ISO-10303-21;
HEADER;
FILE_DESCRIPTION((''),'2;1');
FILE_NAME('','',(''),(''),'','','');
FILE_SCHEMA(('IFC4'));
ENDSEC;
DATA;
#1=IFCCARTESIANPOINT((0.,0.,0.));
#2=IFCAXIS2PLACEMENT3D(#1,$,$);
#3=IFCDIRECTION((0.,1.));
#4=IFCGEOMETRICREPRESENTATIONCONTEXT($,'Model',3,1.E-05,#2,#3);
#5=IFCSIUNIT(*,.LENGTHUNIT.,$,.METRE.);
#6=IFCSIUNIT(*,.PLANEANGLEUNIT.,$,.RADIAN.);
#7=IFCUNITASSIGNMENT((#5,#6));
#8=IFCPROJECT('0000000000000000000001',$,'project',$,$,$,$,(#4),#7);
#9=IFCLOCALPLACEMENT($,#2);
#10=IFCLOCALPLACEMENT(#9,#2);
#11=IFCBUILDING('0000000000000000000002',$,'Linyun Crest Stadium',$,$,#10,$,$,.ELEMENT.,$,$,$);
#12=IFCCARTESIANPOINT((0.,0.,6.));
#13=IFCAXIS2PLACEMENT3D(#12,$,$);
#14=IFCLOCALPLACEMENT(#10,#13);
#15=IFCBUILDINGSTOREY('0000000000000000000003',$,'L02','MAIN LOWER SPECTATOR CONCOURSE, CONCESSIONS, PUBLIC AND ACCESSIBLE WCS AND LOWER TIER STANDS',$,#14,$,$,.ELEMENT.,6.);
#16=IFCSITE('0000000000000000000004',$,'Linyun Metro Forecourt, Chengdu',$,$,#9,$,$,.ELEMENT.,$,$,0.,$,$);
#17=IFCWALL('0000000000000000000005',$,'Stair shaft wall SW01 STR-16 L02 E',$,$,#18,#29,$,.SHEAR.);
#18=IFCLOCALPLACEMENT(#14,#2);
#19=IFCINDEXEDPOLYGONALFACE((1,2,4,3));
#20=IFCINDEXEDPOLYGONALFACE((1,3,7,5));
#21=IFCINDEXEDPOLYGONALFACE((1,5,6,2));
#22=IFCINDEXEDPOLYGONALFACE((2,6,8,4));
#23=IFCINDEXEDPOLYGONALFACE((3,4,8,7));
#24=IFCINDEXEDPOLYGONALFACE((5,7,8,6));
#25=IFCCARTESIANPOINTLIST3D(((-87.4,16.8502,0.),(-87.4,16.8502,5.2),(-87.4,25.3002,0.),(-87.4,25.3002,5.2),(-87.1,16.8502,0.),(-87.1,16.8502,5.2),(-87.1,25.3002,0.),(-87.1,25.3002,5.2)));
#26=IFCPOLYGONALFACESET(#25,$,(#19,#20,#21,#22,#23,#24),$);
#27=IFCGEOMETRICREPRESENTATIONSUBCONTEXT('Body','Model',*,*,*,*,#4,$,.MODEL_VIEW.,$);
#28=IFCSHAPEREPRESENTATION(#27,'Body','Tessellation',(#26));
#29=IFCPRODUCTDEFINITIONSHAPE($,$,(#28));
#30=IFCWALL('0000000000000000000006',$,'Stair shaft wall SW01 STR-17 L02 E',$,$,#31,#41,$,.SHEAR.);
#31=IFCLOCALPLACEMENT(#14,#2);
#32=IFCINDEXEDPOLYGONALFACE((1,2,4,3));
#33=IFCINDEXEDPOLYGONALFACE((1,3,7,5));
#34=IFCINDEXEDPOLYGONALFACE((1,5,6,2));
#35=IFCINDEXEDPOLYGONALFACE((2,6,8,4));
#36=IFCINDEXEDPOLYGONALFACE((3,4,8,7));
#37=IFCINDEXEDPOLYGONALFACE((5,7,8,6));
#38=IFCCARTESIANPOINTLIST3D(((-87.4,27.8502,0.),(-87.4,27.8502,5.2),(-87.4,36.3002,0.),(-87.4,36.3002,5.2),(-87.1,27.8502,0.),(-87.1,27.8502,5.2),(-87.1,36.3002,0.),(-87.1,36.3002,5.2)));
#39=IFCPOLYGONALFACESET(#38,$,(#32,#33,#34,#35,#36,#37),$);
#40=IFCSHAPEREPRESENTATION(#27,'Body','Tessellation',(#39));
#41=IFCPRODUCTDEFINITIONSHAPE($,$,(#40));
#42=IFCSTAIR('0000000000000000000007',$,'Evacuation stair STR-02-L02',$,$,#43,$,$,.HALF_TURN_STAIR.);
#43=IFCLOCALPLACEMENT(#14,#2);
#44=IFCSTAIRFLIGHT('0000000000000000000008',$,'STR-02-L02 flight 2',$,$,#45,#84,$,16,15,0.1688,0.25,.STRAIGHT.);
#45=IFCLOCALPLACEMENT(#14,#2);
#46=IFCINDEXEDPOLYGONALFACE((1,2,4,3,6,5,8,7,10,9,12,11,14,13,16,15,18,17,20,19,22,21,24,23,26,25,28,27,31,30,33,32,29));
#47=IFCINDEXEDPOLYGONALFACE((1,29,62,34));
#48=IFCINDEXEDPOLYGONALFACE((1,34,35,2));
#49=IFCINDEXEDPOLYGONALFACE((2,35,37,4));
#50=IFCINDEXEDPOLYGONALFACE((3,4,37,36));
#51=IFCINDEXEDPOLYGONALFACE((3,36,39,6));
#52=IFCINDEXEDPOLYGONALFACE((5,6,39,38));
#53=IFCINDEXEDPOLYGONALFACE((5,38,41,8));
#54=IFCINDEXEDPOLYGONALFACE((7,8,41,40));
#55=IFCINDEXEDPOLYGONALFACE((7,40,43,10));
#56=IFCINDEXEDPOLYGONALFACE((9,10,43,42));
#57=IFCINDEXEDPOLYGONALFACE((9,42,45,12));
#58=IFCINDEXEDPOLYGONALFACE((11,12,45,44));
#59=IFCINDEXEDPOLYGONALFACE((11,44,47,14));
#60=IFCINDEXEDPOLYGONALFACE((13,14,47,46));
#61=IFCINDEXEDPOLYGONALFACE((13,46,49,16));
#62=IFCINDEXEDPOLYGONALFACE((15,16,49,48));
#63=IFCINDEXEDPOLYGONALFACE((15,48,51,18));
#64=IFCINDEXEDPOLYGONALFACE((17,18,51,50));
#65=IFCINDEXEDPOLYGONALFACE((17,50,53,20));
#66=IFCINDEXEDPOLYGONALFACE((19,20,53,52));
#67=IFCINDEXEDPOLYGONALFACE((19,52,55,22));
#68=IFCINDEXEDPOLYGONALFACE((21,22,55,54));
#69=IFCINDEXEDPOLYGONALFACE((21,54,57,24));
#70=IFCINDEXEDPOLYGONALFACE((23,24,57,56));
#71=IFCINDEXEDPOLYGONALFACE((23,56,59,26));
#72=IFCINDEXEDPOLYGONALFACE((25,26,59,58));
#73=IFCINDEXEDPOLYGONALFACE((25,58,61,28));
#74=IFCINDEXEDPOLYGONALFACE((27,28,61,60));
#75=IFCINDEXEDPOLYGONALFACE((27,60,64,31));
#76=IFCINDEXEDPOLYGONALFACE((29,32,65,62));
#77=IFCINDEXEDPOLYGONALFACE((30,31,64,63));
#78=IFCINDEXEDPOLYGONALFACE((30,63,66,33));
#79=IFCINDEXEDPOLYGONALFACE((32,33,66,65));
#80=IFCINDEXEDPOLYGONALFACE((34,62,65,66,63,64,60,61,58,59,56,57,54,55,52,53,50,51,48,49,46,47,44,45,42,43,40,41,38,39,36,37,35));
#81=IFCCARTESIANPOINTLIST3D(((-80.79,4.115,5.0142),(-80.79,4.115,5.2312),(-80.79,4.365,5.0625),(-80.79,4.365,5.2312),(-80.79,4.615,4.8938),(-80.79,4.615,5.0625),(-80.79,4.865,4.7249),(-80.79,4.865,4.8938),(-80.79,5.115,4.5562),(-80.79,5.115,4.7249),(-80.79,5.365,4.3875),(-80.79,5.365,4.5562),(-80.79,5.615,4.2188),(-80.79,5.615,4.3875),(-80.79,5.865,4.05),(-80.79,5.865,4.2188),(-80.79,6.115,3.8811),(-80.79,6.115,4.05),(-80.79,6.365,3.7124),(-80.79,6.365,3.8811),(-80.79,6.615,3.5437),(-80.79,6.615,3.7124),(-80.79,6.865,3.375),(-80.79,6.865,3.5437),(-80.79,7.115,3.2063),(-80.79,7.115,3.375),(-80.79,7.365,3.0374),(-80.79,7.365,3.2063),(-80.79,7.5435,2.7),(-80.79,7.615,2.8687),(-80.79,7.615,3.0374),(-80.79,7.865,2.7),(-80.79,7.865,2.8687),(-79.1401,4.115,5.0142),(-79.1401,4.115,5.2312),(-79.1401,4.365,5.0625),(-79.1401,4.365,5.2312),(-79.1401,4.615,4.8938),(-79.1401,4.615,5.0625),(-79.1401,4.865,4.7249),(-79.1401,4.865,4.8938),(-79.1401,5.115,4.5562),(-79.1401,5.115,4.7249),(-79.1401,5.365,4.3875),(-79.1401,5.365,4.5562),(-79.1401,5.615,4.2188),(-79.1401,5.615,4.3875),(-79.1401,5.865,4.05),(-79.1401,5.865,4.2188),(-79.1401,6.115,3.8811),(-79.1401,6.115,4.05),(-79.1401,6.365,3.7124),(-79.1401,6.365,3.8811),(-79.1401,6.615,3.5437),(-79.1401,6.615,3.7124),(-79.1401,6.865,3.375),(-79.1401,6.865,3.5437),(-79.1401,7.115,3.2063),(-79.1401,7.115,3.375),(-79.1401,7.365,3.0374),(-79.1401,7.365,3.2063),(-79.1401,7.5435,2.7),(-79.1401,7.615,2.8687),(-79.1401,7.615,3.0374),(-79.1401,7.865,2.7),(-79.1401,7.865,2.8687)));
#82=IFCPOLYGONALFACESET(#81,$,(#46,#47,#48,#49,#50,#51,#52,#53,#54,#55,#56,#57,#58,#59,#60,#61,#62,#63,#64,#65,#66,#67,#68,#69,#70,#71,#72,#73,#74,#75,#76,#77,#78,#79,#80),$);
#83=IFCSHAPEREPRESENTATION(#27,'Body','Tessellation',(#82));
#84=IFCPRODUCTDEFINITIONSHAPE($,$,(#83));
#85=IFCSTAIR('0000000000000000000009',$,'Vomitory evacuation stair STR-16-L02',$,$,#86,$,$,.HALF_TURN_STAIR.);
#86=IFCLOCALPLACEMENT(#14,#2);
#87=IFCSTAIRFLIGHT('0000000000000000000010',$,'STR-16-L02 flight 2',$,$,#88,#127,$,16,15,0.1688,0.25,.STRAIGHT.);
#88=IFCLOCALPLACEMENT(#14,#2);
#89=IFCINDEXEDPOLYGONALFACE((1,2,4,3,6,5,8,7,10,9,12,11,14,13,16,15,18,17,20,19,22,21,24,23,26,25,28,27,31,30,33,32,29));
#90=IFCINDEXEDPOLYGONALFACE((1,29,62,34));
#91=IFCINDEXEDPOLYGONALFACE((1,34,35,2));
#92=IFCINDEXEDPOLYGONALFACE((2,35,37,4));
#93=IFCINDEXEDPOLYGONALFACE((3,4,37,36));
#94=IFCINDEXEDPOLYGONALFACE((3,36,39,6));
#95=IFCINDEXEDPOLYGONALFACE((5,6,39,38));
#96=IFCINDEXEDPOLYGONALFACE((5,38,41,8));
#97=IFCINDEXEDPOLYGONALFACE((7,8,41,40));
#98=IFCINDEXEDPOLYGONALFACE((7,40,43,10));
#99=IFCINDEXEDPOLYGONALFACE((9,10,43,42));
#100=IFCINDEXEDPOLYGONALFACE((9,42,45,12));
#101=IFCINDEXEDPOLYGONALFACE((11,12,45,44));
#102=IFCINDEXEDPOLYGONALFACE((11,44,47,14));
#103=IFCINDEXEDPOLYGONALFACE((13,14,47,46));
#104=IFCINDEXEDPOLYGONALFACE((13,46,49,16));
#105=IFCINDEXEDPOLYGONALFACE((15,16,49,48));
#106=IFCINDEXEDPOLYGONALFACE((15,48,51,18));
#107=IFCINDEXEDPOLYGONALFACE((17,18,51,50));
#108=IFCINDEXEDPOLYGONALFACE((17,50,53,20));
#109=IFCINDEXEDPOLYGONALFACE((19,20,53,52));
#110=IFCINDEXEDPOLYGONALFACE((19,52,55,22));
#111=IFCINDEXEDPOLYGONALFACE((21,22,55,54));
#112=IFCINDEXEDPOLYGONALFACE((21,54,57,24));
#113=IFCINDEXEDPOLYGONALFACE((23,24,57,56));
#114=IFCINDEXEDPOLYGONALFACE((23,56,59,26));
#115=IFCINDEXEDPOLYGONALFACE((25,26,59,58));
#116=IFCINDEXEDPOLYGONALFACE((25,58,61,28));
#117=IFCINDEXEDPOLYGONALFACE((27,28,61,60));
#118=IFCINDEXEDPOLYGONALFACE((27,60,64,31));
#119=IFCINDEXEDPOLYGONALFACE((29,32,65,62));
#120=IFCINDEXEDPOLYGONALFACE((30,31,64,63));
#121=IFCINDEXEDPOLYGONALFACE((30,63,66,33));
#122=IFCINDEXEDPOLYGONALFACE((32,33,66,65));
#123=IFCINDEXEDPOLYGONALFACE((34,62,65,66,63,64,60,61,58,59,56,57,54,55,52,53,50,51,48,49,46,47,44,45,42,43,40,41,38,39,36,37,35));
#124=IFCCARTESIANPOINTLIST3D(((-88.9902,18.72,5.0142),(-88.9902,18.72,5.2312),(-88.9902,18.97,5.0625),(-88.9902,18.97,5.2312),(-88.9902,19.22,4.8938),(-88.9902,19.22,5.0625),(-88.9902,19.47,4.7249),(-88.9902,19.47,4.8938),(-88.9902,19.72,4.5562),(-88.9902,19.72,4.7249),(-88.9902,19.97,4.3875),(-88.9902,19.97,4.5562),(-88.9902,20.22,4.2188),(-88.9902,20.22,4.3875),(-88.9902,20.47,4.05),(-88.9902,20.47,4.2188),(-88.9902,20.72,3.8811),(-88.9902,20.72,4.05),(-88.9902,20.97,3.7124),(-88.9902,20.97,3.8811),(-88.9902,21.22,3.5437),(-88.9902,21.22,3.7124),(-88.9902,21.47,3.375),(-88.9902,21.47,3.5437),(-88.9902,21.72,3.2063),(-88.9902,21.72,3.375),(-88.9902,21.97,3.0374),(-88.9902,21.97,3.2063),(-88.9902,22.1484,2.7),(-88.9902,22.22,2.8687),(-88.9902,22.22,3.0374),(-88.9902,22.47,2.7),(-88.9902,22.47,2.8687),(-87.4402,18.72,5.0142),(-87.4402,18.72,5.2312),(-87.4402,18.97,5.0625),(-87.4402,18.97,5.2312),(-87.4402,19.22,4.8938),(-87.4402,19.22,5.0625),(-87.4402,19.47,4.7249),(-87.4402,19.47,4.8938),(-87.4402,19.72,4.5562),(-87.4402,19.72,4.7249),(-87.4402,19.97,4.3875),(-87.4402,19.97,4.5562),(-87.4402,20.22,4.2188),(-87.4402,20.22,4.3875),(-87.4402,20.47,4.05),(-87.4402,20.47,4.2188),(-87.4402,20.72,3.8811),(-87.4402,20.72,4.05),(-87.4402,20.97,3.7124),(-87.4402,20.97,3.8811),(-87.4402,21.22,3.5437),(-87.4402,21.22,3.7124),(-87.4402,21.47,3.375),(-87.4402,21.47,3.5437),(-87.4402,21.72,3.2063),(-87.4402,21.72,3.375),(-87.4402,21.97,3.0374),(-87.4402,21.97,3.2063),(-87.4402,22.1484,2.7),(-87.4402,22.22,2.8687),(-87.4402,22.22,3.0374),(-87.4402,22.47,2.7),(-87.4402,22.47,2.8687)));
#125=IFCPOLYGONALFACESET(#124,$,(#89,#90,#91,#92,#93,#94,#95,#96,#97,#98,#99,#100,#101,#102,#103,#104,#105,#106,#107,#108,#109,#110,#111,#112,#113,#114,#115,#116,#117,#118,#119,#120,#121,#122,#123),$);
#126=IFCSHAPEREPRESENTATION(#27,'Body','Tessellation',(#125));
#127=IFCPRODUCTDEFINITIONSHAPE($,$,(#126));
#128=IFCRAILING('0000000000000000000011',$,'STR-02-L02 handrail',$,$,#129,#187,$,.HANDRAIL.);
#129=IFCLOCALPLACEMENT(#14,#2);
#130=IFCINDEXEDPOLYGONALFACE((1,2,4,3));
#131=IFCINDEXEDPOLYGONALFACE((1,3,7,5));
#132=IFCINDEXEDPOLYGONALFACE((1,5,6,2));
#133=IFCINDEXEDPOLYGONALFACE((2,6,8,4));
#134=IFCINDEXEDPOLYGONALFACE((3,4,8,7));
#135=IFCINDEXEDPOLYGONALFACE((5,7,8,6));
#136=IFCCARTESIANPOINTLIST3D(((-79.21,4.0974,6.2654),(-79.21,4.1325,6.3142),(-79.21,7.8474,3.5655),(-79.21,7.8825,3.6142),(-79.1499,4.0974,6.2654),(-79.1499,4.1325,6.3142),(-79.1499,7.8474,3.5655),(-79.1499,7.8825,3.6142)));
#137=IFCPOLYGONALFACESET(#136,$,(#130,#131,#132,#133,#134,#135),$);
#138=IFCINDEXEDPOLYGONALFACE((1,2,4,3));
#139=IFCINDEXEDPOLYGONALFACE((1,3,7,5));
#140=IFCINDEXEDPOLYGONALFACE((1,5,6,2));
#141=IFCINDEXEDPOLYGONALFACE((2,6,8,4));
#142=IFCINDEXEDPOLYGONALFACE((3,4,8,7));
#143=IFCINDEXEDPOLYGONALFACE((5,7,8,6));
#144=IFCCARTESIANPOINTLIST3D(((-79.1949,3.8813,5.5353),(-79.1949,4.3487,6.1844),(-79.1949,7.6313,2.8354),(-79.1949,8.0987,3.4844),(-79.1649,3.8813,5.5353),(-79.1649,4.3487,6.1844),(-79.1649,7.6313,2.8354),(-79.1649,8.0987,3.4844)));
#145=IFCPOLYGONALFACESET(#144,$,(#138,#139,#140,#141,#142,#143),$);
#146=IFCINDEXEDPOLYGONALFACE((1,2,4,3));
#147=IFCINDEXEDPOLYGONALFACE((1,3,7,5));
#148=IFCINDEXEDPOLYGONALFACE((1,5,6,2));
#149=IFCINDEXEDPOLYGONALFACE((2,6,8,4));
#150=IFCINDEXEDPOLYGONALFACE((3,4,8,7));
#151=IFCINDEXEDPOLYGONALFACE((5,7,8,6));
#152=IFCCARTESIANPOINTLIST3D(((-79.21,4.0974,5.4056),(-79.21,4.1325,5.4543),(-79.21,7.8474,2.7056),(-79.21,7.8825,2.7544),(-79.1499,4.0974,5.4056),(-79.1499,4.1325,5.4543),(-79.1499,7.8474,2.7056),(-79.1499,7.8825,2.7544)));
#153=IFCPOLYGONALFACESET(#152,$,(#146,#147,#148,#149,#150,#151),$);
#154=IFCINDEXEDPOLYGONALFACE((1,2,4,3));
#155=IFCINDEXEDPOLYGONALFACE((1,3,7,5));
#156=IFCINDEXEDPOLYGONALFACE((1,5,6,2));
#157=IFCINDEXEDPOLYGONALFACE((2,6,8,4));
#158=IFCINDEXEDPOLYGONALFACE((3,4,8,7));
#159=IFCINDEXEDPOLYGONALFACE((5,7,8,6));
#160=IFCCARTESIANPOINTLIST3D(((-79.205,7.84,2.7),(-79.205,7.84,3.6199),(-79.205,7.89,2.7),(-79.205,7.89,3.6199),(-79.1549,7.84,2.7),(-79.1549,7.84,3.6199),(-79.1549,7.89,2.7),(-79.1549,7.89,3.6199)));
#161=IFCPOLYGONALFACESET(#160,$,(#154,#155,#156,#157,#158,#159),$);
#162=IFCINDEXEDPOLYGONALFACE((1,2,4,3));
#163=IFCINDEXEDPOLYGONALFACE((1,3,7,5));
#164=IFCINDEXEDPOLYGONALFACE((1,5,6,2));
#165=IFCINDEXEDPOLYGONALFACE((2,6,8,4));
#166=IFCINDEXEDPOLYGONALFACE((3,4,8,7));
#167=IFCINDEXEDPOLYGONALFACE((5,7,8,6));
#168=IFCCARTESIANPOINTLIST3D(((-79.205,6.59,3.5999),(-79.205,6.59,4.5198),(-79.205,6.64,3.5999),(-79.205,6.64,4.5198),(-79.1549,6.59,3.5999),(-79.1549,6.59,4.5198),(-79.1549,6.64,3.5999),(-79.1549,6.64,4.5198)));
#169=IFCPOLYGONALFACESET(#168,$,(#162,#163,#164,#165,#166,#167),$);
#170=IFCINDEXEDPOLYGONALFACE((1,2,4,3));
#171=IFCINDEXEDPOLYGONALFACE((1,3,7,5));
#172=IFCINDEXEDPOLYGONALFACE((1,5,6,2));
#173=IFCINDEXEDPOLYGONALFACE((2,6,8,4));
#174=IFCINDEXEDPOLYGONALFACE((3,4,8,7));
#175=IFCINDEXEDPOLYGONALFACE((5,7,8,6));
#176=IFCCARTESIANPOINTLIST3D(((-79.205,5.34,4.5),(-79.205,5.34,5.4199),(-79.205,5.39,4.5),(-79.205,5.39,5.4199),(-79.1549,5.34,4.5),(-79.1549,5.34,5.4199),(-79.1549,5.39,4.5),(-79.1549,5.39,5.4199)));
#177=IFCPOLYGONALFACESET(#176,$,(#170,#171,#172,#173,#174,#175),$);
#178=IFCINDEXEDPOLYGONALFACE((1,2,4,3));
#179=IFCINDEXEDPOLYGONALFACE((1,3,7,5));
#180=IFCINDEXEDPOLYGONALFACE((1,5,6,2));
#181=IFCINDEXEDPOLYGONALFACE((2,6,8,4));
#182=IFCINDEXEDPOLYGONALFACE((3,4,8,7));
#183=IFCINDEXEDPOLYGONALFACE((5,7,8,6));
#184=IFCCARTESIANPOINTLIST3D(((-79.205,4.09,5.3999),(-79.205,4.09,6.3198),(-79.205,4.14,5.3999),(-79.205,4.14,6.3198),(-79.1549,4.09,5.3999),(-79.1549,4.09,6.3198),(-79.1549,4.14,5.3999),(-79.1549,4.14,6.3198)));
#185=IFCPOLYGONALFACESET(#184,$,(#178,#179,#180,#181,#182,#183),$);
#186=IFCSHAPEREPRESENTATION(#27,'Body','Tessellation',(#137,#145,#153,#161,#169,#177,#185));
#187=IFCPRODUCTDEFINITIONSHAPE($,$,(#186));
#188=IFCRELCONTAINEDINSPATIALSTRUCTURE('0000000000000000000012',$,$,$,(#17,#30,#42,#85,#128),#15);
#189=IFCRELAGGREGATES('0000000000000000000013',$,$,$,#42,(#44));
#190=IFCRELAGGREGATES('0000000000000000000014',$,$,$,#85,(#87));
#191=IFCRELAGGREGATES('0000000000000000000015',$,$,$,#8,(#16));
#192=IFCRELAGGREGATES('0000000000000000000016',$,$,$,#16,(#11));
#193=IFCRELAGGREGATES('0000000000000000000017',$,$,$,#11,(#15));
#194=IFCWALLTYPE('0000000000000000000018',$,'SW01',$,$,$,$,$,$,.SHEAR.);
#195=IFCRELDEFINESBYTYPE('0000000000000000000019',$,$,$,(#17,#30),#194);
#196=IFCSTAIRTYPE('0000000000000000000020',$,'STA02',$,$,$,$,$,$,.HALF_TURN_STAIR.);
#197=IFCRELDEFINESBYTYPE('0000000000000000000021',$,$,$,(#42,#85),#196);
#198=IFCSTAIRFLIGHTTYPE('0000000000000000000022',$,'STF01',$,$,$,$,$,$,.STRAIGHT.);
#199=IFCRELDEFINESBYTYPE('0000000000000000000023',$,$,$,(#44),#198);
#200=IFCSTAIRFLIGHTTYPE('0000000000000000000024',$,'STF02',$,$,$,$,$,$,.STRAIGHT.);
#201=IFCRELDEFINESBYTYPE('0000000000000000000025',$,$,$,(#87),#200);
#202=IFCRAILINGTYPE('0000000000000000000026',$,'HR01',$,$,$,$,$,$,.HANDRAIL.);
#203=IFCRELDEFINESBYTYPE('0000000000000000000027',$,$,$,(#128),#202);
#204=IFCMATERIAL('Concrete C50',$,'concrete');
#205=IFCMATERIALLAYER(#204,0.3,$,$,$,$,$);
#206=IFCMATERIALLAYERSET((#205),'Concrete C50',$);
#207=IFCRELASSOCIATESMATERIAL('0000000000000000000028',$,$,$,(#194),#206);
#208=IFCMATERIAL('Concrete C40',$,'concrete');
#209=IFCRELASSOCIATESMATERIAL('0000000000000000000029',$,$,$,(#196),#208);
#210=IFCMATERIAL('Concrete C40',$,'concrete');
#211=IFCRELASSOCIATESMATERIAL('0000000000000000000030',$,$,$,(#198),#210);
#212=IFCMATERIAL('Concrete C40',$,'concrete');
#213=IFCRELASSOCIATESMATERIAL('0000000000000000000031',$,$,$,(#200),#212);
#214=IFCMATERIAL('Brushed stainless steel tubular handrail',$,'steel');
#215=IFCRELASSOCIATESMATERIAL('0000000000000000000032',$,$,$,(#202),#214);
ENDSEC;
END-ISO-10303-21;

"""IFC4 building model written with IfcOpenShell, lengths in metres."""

from ifc_helpers import new_model, si_unit, direction, frame, frame_2d, origin, origin_2d, place, context, subcontext, project, spatial, polyline, rectangle, outline, extrude, material, layer, layer_set, type_object, element, aggregate, save


model = new_model("IFC4")

# Units and contexts
model_context = context("Model", 3, precision=1e-05, world=origin(), true_north=direction((0.0, 1.0)))
body_context = subcontext(model_context, "Body", "Model", "MODEL_VIEW")
ifc_project = project(units=[si_unit("LENGTHUNIT", "METRE"), si_unit("PLANEANGLEUNIT", "RADIAN")], contexts=[model_context])

# Site, building, storey
site_placement = place(None, origin())
site = spatial("IfcSite", under=ifc_project, at=site_placement, Name="Linyun Metro Forecourt, Chengdu", CompositionType="ELEMENT", RefElevation=0.0)
building_placement = place(site_placement, origin())
building = spatial("IfcBuilding", under=site, at=building_placement, Name="Linyun Crest Stadium", CompositionType="ELEMENT")
storey_placement = place(building_placement, frame((0.0, 0.0, 6.0)))
storey = spatial("IfcBuildingStorey", under=building, at=storey_placement, Name="L02", Description="MAIN LOWER SPECTATOR CONCOURSE, CONCESSIONS, PUBLIC AND ACCESSIBLE WCS AND LOWER TIER STANDS", CompositionType="ELEMENT", Elevation=6.0)

# Walls
ifc_material_1 = material(Name="Concrete C50", Category="concrete")
ifc_layer_1 = layer(ifc_material_1, 0.3)
ifc_layer_set_1 = layer_set([ifc_layer_1], Name="Concrete C50")
wall_type_1 = type_object("IfcWallType", Name="SW01", PredefinedType="SHEAR", material=ifc_layer_set_1)
for number, where, z_axis, x_axis, name in (
    (1, (-87.25, 16.8501, 0.0), (0.0, 0.0, 1.0), (0.0, 1.0, 0.0), "Stair shaft wall SW01 STR-16 L02 E"),
    (2, (-87.25, 27.8501, 0.0), (0.0, 0.0, 1.0), (0.0, 1.0, 0.0), "Stair shaft wall SW01 STR-17 L02 E"),
):
    element("IfcWall", number, at=place(storey_placement, frame(where, z_axis=z_axis, x_axis=x_axis)), inside=storey, type_object=wall_type_1, Name=name, PredefinedType="SHEAR", context=body_context, shape_type="SweptSolid", body=[
        extrude(rectangle(XDim=8.45, YDim=0.3, at=frame_2d((4.2251, 0.0))), origin(), (0.0, 0.0, 1.0), 5.2),
    ])

# Stairs, stair flights
ifc_material_2 = material(Name="Concrete C40", Category="concrete")
stair_type = type_object("IfcStairType", Name="STA02", PredefinedType="HALF_TURN_STAIR", material=ifc_material_2)
stair_1_placement = place(storey_placement, origin())
stair_1 = element("IfcStair", 3, at=stair_1_placement, inside=storey, type_object=stair_type, Name="Evacuation stair STR-02-L02", PredefinedType="HALF_TURN_STAIR")
ifc_material_3 = material(Name="Concrete C40", Category="concrete")
stair_flight_type_1 = type_object("IfcStairFlightType", Name="STF01", PredefinedType="STRAIGHT", material=ifc_material_3)
stair_flight_1_placement = place(storey_placement, frame((-79.9651, 7.865, 2.7), z_axis=(0.0, 0.0, 1.0), x_axis=(0.0, -1.0, 0.0)))
stair_flight_1 = element("IfcStairFlight", 4, at=stair_flight_1_placement, type_object=stair_flight_type_1, Name="STR-02-L02 flight 2", NumberOfRisers=16, NumberOfTreads=15, PredefinedType="STRAIGHT", RiserHeight=0.1688, TreadLength=0.25, context=body_context, shape_type="SweptSolid", body=[
    extrude(outline(polyline([(0.0, 0.0), (0.0, 0.1687), (0.25, 0.1687), (0.25, 0.3374), (0.5, 0.3374), (0.5, 0.5063), (0.75, 0.5063), (0.75, 0.675), (1.0, 0.675), (1.0, 0.8438), (1.25, 0.8438), (1.25, 1.0125), (1.5, 1.0125), (1.5, 1.1812), (1.75, 1.1812), (1.75, 1.3501), (2.0, 1.3501), (2.0, 1.5188), (2.25, 1.5188), (2.25, 1.6875), (2.5, 1.6875), (2.5, 1.8562), (2.75, 1.8562), (2.75, 2.0249), (3.0, 2.0249), (3.0, 2.1938), (3.25, 2.1938), (3.25, 2.3625), (3.5, 2.3625), (3.5, 2.5312), (3.75, 2.5312), (3.75, 2.7), (3.75, 2.3142), (0.3215, 0.0), (0.0, 0.0)])), frame((0.0, 0.825, 0.0), z_axis=(0.0, -1.0, 0.0), x_axis=(1.0, 0.0, 0.0)), (0.0, 0.0, 1.0), 1.6499),
])
aggregate(stair_1, [stair_flight_1])
stair_2_placement = place(storey_placement, origin())
stair_2 = element("IfcStair", 5, at=stair_2_placement, inside=storey, type_object=stair_type, Name="Vomitory evacuation stair STR-16-L02", PredefinedType="HALF_TURN_STAIR")
ifc_material_4 = material(Name="Concrete C40", Category="concrete")
stair_flight_type_2 = type_object("IfcStairFlightType", Name="STF02", PredefinedType="STRAIGHT", material=ifc_material_4)
stair_flight_2_placement = place(storey_placement, frame((-88.2151, 22.47, 2.7), z_axis=(0.0, 0.0, 1.0), x_axis=(0.0, -1.0, 0.0)))
stair_flight_2 = element("IfcStairFlight", 6, at=stair_flight_2_placement, type_object=stair_flight_type_2, Name="STR-16-L02 flight 2", NumberOfRisers=16, NumberOfTreads=15, PredefinedType="STRAIGHT", RiserHeight=0.1688, TreadLength=0.25, context=body_context, shape_type="SweptSolid", body=[
    extrude(outline(polyline([(0.0, 0.0), (0.0, 0.1687), (0.25, 0.1687), (0.25, 0.3374), (0.5, 0.3374), (0.5, 0.5063), (0.75, 0.5063), (0.75, 0.675), (1.0, 0.675), (1.0, 0.8438), (1.25, 0.8438), (1.25, 1.0125), (1.5, 1.0125), (1.5, 1.1812), (1.75, 1.1812), (1.75, 1.3501), (2.0, 1.3501), (2.0, 1.5188), (2.25, 1.5188), (2.25, 1.6875), (2.5, 1.6875), (2.5, 1.8562), (2.75, 1.8562), (2.75, 2.0249), (3.0, 2.0249), (3.0, 2.1938), (3.25, 2.1938), (3.25, 2.3625), (3.5, 2.3625), (3.5, 2.5312), (3.75, 2.5312), (3.75, 2.7), (3.75, 2.3142), (0.3215, 0.0), (0.0, 0.0)])), frame((0.0, 0.7749, 0.0), z_axis=(0.0, -1.0, 0.0), x_axis=(1.0, 0.0, 0.0)), (0.0, 0.0, 1.0), 1.55),
])
aggregate(stair_2, [stair_flight_2])

# Railing
ifc_material_5 = material(Name="Brushed stainless steel tubular handrail", Category="steel")
railing_type = type_object("IfcRailingType", Name="HR01", PredefinedType="HANDRAIL", material=ifc_material_5)
for number, where, name in (
    (7, (-79.1799, 7.865, 2.7), "STR-02-L02 handrail"),
):
    element("IfcRailing", number, at=place(storey_placement, frame(where)), inside=storey, type_object=railing_type, Name=name, PredefinedType="HANDRAIL", context=body_context, shape_type="SweptSolid", body=[
        extrude(rectangle(XDim=0.0601, YDim=0.0601, at=origin_2d()), frame((0.0, 0.0, 0.8899), z_axis=(0.0, -0.811539, 0.584298), x_axis=(1.0, 0.0, 0.0)), (0.0, 0.0, 1.0), 4.6208),
        extrude(rectangle(XDim=0.03, YDim=0.7998, at=origin_2d()), frame((0.0, 0.0, 0.46), z_axis=(0.0, -0.811539, 0.584298), x_axis=(1.0, 0.0, 0.0)), (0.0, 0.0, 1.0), 4.6208),
        extrude(rectangle(XDim=0.0601, YDim=0.0601, at=origin_2d()), frame((0.0, 0.0, 0.03), z_axis=(0.0, -0.811539, 0.584298), x_axis=(1.0, 0.0, 0.0)), (0.0, 0.0, 1.0), 4.6208),
        extrude(rectangle(XDim=0.05, YDim=0.05, at=origin_2d()), origin(), (0.0, 0.0, 1.0), 0.9199),
        extrude(rectangle(XDim=0.05, YDim=0.05, at=origin_2d()), frame((0.0, -1.25, 0.8999)), (0.0, 0.0, 1.0), 0.9199),
        extrude(rectangle(XDim=0.05, YDim=0.05, at=origin_2d()), frame((0.0, -2.5, 1.8)), (0.0, 0.0, 1.0), 0.9199),
        extrude(rectangle(XDim=0.05, YDim=0.05, at=origin_2d()), frame((0.0, -3.75, 2.7)), (0.0, 0.0, 1.0), 0.9199),
    ])

save(model, "model.ifc")
